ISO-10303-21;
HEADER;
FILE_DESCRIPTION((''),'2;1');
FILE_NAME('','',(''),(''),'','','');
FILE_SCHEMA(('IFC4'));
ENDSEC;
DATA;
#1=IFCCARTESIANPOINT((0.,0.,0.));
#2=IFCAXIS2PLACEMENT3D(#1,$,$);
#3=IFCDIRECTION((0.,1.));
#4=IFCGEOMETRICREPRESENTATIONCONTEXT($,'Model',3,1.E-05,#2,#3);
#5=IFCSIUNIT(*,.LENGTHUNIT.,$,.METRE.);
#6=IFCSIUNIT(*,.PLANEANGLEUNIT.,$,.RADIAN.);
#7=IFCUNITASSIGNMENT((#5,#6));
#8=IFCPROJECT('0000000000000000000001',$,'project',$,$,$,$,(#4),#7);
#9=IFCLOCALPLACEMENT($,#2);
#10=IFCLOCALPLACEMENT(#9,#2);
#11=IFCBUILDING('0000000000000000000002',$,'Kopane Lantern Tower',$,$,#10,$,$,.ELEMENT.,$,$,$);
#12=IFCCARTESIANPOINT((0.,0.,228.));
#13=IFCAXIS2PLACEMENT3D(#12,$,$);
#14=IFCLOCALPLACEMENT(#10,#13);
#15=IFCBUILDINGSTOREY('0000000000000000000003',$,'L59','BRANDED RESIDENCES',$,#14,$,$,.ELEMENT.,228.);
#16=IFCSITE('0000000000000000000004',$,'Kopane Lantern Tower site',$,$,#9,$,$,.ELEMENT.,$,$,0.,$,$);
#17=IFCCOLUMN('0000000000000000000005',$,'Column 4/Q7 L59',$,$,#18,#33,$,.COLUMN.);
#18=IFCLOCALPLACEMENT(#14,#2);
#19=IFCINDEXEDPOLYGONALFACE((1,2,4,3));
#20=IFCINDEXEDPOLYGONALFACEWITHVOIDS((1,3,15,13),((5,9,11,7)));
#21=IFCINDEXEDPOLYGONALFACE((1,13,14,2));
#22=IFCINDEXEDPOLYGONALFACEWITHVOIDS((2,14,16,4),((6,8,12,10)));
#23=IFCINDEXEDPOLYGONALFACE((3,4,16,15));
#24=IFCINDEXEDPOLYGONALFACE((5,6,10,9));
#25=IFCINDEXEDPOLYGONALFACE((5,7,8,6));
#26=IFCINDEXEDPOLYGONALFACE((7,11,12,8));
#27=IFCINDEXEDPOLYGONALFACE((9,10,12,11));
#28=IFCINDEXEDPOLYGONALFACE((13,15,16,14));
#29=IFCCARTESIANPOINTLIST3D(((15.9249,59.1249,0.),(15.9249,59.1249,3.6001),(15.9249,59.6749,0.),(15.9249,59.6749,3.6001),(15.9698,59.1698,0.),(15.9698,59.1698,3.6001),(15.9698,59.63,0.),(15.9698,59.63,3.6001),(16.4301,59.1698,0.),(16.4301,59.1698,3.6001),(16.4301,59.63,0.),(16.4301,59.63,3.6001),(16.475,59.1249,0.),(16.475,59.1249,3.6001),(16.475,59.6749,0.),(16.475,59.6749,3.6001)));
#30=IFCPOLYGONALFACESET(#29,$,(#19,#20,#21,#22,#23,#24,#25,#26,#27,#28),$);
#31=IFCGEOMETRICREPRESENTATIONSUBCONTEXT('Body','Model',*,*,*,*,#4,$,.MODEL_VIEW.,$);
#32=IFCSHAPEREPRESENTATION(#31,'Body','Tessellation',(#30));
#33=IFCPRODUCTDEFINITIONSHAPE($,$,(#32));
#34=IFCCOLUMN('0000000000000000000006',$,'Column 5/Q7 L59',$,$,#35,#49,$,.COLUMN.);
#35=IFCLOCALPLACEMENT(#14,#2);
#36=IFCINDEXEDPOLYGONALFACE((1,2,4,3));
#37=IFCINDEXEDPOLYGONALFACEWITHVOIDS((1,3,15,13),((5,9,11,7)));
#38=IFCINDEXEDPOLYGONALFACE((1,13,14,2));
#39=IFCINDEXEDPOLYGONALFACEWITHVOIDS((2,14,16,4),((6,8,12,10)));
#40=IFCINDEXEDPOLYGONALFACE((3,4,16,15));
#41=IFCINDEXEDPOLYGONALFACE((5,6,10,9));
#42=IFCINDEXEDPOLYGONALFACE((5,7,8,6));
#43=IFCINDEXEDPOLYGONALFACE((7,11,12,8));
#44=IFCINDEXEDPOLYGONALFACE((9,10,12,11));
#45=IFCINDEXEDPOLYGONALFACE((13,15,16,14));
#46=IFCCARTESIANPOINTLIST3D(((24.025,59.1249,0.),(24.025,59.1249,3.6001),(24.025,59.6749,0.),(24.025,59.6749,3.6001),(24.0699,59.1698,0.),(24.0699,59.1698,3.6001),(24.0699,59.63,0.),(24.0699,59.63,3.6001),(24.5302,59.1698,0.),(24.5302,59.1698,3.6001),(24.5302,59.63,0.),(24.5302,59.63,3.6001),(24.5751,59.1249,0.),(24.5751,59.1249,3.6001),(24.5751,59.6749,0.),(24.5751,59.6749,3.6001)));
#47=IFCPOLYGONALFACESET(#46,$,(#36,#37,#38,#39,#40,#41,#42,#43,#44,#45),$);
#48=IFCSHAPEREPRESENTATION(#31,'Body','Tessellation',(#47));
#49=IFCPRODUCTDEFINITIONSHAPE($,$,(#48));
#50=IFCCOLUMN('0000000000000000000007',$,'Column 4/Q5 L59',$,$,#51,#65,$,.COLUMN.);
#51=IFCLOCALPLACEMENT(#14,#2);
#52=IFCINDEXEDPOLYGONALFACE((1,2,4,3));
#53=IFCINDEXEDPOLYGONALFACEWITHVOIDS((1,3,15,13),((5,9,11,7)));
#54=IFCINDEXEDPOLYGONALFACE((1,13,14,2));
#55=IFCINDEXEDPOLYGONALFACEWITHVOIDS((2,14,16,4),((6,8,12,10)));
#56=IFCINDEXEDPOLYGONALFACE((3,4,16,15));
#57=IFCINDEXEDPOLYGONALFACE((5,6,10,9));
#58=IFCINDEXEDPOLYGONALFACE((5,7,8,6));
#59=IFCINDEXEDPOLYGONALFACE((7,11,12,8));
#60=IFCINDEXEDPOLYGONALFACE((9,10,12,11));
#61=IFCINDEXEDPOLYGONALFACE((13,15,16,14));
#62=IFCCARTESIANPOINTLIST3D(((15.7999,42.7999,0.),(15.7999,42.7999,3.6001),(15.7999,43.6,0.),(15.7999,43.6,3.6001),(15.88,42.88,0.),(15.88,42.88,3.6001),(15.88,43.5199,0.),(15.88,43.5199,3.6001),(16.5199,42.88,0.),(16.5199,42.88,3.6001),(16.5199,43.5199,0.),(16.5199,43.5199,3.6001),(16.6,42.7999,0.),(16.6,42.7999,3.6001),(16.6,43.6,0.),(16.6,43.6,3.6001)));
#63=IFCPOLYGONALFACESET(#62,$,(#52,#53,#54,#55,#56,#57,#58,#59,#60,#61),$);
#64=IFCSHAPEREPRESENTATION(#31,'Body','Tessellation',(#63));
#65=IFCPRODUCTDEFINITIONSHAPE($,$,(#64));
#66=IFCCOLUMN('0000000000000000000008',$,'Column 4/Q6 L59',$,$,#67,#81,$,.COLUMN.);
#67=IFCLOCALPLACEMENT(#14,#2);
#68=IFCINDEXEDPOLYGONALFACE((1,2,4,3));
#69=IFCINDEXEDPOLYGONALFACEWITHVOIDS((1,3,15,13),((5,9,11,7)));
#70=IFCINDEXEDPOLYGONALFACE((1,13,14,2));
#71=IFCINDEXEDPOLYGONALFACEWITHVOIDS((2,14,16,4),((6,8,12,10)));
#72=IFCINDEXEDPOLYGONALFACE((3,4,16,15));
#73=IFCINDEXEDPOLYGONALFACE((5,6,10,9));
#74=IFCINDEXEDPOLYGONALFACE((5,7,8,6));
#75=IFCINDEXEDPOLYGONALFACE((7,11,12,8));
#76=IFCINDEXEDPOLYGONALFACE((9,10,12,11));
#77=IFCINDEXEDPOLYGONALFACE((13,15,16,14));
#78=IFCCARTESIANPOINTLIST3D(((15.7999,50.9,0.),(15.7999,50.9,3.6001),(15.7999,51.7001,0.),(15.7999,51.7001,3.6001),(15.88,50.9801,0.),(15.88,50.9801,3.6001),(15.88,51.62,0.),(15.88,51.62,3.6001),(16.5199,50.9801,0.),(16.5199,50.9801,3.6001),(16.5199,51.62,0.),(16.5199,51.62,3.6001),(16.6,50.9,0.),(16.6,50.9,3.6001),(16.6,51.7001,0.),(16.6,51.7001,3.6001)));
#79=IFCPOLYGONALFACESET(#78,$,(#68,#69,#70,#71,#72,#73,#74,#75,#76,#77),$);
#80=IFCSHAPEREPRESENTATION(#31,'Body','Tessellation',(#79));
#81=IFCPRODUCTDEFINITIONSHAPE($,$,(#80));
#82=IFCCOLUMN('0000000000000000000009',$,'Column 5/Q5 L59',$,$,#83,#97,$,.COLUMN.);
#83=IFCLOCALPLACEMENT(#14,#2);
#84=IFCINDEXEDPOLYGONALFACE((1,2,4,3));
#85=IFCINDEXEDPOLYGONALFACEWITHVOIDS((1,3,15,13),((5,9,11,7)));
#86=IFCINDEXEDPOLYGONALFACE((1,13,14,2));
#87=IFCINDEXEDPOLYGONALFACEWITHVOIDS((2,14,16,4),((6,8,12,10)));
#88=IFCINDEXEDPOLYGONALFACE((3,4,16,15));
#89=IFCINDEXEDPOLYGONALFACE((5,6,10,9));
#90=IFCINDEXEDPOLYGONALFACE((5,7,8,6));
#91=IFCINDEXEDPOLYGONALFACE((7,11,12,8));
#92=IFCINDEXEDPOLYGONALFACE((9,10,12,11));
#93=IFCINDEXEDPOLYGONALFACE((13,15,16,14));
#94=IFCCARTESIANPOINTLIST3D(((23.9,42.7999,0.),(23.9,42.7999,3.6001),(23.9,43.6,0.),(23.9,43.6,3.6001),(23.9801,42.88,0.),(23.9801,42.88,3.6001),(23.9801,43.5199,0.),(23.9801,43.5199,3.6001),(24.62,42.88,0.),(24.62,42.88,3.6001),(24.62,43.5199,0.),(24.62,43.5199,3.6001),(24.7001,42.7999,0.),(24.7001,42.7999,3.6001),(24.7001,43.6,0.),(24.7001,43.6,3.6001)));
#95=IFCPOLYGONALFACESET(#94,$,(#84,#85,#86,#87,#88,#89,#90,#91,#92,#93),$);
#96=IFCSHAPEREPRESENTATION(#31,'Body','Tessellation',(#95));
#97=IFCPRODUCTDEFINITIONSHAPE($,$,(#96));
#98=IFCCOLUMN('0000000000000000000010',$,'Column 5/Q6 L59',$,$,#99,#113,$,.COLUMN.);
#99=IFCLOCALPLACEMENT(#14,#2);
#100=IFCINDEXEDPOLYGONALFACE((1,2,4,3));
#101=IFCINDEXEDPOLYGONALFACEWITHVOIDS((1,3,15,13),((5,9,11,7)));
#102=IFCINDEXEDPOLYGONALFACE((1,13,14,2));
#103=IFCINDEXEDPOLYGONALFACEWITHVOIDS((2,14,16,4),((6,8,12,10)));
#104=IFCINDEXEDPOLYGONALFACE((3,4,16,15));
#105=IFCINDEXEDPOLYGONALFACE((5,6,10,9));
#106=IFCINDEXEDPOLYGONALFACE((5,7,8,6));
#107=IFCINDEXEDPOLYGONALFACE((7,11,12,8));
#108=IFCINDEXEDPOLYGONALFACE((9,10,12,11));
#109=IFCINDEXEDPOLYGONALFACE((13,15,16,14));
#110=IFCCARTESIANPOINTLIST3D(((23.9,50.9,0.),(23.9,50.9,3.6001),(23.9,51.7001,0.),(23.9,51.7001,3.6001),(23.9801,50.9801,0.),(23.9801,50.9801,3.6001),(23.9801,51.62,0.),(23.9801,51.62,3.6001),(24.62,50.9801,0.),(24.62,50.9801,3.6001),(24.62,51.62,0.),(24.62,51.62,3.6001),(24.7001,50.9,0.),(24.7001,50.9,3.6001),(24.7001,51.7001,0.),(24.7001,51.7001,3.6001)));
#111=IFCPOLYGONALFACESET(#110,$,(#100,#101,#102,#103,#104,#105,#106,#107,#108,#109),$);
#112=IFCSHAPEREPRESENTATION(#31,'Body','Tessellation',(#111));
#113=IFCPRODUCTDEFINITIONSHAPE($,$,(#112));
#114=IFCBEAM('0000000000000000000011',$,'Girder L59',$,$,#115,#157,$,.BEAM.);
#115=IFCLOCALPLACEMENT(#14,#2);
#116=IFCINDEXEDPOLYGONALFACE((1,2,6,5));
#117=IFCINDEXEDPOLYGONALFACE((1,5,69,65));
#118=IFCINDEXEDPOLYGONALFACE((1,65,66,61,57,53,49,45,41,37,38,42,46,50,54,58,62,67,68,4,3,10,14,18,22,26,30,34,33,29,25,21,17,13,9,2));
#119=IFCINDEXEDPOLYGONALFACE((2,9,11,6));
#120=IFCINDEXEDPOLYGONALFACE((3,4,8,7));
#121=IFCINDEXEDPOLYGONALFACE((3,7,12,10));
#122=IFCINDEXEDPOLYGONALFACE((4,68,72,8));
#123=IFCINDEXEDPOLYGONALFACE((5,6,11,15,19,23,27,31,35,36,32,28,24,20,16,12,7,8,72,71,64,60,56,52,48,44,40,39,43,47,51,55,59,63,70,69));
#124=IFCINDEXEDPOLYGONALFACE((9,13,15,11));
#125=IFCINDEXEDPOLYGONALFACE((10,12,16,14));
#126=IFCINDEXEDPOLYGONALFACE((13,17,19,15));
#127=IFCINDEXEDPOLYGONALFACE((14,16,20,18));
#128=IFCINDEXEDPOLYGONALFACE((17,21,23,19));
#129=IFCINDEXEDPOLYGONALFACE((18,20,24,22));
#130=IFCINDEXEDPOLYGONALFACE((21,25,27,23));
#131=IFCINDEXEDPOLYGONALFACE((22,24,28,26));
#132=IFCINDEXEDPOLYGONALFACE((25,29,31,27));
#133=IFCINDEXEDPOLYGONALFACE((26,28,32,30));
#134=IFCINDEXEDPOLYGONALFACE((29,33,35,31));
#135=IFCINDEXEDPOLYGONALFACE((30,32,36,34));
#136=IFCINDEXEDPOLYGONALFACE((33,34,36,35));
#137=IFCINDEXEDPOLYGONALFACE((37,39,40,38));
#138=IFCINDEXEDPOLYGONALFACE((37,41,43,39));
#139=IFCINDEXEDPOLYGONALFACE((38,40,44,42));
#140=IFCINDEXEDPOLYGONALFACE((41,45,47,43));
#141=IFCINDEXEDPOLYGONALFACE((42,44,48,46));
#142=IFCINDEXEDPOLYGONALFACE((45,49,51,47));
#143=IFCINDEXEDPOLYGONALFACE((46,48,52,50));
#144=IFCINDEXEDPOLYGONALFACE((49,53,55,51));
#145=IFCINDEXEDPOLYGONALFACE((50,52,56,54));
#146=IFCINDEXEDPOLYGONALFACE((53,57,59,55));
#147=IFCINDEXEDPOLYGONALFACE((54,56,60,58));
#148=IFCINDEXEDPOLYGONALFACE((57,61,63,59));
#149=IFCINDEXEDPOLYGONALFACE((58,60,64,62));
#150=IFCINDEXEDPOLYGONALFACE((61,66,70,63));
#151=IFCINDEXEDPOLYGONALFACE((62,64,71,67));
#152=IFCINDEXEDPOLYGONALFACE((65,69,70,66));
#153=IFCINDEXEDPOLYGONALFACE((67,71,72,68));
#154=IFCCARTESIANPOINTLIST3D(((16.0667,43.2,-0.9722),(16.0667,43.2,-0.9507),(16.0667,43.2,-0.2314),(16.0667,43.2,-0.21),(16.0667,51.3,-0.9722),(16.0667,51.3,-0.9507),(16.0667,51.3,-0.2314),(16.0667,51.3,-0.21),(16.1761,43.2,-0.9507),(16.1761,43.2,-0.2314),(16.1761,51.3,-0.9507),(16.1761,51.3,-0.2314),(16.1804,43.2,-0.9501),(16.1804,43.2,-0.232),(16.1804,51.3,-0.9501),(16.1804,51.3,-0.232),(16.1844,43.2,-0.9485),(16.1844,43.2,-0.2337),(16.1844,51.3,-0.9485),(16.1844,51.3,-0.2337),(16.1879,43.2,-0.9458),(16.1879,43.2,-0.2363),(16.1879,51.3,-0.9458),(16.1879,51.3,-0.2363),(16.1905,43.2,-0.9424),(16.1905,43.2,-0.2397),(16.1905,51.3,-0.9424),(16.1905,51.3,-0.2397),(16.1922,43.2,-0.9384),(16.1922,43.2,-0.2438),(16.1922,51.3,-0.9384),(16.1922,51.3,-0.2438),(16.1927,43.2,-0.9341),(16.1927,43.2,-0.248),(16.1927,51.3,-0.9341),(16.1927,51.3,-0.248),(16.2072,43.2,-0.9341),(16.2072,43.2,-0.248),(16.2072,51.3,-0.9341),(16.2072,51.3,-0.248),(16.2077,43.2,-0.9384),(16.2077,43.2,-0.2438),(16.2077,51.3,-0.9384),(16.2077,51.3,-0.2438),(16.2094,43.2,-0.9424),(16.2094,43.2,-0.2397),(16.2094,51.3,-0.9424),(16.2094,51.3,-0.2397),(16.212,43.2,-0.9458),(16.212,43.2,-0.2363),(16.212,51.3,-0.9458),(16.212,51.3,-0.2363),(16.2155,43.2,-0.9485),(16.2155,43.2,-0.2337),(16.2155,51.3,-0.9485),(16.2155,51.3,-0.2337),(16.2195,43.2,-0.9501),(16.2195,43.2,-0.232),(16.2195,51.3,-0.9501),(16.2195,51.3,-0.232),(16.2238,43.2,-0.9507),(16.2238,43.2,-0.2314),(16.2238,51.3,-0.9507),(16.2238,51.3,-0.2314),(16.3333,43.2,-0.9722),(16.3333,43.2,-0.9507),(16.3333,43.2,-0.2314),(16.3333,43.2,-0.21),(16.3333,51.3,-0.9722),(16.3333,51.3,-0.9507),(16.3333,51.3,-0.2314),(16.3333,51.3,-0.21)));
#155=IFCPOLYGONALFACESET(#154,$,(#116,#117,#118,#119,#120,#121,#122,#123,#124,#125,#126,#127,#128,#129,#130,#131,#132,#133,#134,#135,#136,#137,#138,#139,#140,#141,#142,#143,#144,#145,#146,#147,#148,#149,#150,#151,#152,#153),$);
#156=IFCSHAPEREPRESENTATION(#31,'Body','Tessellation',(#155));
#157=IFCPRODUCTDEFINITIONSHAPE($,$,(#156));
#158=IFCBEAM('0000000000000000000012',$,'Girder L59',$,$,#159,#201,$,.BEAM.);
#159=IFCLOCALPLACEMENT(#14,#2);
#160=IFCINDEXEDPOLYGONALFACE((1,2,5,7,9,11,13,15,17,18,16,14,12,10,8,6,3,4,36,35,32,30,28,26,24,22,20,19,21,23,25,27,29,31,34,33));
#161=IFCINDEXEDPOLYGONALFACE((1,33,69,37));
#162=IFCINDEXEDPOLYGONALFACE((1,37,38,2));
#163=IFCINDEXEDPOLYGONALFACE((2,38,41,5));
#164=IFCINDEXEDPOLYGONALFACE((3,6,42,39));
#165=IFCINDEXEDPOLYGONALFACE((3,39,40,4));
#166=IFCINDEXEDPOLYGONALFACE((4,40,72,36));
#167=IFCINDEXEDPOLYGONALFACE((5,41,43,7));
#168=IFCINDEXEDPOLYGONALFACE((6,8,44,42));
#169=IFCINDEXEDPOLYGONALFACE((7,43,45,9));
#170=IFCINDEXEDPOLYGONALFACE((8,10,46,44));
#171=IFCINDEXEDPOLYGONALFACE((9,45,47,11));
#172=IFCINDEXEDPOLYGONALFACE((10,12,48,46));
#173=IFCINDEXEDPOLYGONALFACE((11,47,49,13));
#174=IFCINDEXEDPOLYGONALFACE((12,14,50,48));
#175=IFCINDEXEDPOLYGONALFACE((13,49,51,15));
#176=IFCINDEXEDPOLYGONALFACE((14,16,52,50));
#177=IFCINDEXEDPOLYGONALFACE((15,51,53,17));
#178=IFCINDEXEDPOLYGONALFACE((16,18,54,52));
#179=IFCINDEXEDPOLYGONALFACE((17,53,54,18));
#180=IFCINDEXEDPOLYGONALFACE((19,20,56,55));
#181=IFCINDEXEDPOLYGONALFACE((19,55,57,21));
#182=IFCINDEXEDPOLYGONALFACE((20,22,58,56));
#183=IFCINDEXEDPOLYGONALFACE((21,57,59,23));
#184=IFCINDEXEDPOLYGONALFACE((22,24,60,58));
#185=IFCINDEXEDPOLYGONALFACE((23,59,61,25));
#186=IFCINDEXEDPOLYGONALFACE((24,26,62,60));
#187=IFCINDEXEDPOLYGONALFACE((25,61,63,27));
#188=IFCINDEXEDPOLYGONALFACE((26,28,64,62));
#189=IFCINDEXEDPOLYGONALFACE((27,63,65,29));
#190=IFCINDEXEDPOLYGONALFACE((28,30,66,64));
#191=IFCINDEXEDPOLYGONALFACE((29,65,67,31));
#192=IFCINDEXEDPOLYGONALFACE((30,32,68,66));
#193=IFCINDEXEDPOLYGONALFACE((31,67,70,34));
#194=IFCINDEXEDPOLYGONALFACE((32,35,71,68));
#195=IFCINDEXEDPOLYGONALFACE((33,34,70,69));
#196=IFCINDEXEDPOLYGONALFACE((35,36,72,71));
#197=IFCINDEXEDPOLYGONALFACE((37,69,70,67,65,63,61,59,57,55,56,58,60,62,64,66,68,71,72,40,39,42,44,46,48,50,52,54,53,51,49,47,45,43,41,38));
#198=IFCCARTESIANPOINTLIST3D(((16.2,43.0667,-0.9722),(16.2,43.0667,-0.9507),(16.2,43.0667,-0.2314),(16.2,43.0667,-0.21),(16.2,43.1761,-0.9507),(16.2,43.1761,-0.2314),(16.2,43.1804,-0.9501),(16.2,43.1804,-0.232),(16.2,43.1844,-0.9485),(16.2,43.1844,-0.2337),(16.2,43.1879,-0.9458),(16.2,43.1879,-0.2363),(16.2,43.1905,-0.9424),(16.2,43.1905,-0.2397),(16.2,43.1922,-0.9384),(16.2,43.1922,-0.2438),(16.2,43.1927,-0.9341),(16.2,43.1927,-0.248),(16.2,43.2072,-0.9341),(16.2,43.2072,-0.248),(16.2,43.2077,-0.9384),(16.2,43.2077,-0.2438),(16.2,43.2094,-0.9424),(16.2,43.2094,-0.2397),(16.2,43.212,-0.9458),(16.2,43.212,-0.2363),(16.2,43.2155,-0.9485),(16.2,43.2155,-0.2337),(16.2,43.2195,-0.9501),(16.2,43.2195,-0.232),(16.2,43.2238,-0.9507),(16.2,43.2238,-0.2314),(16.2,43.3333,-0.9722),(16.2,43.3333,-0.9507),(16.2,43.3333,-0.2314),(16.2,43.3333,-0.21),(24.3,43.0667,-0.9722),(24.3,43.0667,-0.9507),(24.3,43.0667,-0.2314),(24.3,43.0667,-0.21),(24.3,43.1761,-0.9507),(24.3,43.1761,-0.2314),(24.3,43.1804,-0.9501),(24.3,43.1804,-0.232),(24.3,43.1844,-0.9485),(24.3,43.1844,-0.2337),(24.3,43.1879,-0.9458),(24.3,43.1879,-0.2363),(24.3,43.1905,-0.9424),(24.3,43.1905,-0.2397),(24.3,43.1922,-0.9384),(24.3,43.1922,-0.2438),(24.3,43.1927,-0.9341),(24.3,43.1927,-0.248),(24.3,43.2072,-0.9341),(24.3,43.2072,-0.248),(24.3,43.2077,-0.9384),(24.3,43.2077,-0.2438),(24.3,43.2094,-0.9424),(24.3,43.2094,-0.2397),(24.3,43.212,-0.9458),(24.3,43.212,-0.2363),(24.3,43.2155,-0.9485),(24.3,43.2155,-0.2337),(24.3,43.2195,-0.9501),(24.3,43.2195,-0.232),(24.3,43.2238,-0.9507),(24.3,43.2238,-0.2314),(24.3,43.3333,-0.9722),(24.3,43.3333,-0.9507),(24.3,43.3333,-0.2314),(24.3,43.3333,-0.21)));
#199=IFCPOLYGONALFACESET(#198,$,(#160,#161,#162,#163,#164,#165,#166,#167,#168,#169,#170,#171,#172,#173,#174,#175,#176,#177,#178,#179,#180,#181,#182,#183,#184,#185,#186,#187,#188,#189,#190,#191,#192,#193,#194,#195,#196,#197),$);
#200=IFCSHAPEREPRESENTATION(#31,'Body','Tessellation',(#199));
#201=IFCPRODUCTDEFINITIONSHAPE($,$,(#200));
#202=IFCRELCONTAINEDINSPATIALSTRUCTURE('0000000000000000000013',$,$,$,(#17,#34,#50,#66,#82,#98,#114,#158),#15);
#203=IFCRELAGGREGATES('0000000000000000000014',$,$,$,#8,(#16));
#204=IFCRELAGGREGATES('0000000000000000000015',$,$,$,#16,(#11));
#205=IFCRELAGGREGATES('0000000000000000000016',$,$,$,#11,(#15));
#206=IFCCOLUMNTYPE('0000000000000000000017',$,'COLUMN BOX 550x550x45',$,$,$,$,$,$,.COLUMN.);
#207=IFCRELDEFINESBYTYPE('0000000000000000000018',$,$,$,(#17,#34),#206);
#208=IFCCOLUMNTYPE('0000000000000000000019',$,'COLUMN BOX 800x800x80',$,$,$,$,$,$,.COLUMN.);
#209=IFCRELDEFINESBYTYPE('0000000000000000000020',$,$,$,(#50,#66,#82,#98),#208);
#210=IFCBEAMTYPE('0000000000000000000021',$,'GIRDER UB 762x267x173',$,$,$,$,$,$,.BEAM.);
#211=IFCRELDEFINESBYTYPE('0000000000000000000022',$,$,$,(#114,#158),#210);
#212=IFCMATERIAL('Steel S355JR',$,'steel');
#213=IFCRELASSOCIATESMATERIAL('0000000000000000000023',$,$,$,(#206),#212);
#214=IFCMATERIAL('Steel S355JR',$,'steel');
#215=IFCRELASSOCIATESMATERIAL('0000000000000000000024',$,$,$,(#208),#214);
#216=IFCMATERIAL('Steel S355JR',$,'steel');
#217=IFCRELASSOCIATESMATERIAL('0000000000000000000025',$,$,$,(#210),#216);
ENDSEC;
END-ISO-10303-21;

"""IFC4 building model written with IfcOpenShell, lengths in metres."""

from ifc_helpers import new_model, si_unit, direction, frame, origin, origin_2d, place, context, subcontext, project, spatial, hollow_rectangle, i_section, extrude, material, material_profile, profile_set, type_object, element, save


model = new_model("IFC4")

# Units and contexts
model_context = context("Model", 3, precision=1e-05, world=origin(), true_north=direction((0.0, 1.0)))
body_context = subcontext(model_context, "Body", "Model", "MODEL_VIEW")
ifc_project = project(units=[si_unit("LENGTHUNIT", "METRE"), si_unit("PLANEANGLEUNIT", "RADIAN")], contexts=[model_context])

# Site, building, storey
site_placement = place(None, origin())
site = spatial("IfcSite", under=ifc_project, at=site_placement, Name="Kopane Lantern Tower site", CompositionType="ELEMENT", RefElevation=0.0)
building_placement = place(site_placement, origin())
building = spatial("IfcBuilding", under=site, at=building_placement, Name="Kopane Lantern Tower", CompositionType="ELEMENT")
storey_placement = place(building_placement, frame((0.0, 0.0, 228.0)))
storey = spatial("IfcBuildingStorey", under=building, at=storey_placement, Name="L59", Description="BRANDED RESIDENCES", CompositionType="ELEMENT", Elevation=228.0)

# Columns
ifc_material_1 = material(Name="Steel S355JR", Category="steel")
ifc_material_profile_1 = material_profile(ifc_material_1, hollow_rectangle(XDim=0.55, YDim=0.55, WallThickness=0.0449, at=origin_2d()), Name="BOX 550x550x45")
ifc_profile_set_1 = profile_set([ifc_material_profile_1], Name="Steel S355JR")
column_type_1 = type_object("IfcColumnType", Name="COLUMN BOX 550x550x45", PredefinedType="COLUMN", material=ifc_profile_set_1)
for number, where, z_axis, x_axis, name in (
    (1, (16.2, 59.3999, 0.0), (0.0, 0.0, 1.0), (1.0, 0.0, 0.0), "Column 4/Q7 L59"),
    (2, (24.3, 59.3999, 0.0), (0.0, 0.0, 1.0), (1.0, 0.0, 0.0), "Column 5/Q7 L59"),
):
    element("IfcColumn", number, at=place(storey_placement, frame(where, z_axis=z_axis, x_axis=x_axis)), inside=storey, type_object=column_type_1, Name=name, PredefinedType="COLUMN", context=body_context, shape_type="SweptSolid", body=[
        extrude(hollow_rectangle(XDim=0.55, YDim=0.55, WallThickness=0.0449, at=origin_2d()), origin(), (0.0, 0.0, 1.0), 3.6001),
    ])
ifc_material_2 = material(Name="Steel S355JR", Category="steel")
ifc_material_profile_2 = material_profile(ifc_material_2, hollow_rectangle(XDim=0.8, YDim=0.8, WallThickness=0.0801, at=origin_2d()), Name="BOX 800x800x80")
ifc_profile_set_2 = profile_set([ifc_material_profile_2], Name="Steel S355JR")
column_type_2 = type_object("IfcColumnType", Name="COLUMN BOX 800x800x80", PredefinedType="COLUMN", material=ifc_profile_set_2)
for number, where, z_axis, x_axis, name in (
    (3, (16.2, 43.2, 0.0), (0.0, 0.0, 1.0), (1.0, 0.0, 0.0), "Column 4/Q5 L59"),
    (4, (16.2, 51.3, 0.0), (0.0, 0.0, 1.0), (1.0, 0.0, 0.0), "Column 4/Q6 L59"),
    (5, (24.3, 43.2, 0.0), (0.0, 0.0, 1.0), (1.0, 0.0, 0.0), "Column 5/Q5 L59"),
    (6, (24.3, 51.3, 0.0), (0.0, 0.0, 1.0), (1.0, 0.0, 0.0), "Column 5/Q6 L59"),
):
    element("IfcColumn", number, at=place(storey_placement, frame(where, z_axis=z_axis, x_axis=x_axis)), inside=storey, type_object=column_type_2, Name=name, PredefinedType="COLUMN", context=body_context, shape_type="SweptSolid", body=[
        extrude(hollow_rectangle(XDim=0.8, YDim=0.8, WallThickness=0.0801, at=origin_2d()), origin(), (0.0, 0.0, 1.0), 3.6001),
    ])

# Beams
ifc_material_3 = material(Name="Steel S355JR", Category="steel")
ifc_material_profile_3 = material_profile(ifc_material_3, i_section(OverallWidth=0.2666, OverallDepth=0.7622, WebThickness=0.0144, FlangeThickness=0.0215, FilletRadius=0.0166, at=origin_2d()), Name="UB 762x267x173")
ifc_profile_set_3 = profile_set([ifc_material_profile_3], Name="Steel S355JR")
beam_type = type_object("IfcBeamType", Name="GIRDER UB 762x267x173", PredefinedType="BEAM", material=ifc_profile_set_3)
for number, where, z_axis, x_axis, name in (
    (7, (16.2, 43.2, -0.5911), (0.0, 1.0, 0.0), (-1.0, 0.0, 0.0), "Girder L59"),
    (8, (16.2, 43.2, -0.5911), (1.0, 0.0, 0.0), (0.0, 1.0, 0.0), "Girder L59"),
):
    element("IfcBeam", number, at=place(storey_placement, frame(where, z_axis=z_axis, x_axis=x_axis)), inside=storey, type_object=beam_type, Name=name, PredefinedType="BEAM", context=body_context, shape_type="SweptSolid", body=[
        extrude(i_section(OverallWidth=0.2666, OverallDepth=0.7622, WebThickness=0.0144, FlangeThickness=0.0215, FilletRadius=0.0166, at=origin_2d()), origin(), (0.0, 0.0, 1.0), 8.1001),
    ])

save(model, "model.ifc")
